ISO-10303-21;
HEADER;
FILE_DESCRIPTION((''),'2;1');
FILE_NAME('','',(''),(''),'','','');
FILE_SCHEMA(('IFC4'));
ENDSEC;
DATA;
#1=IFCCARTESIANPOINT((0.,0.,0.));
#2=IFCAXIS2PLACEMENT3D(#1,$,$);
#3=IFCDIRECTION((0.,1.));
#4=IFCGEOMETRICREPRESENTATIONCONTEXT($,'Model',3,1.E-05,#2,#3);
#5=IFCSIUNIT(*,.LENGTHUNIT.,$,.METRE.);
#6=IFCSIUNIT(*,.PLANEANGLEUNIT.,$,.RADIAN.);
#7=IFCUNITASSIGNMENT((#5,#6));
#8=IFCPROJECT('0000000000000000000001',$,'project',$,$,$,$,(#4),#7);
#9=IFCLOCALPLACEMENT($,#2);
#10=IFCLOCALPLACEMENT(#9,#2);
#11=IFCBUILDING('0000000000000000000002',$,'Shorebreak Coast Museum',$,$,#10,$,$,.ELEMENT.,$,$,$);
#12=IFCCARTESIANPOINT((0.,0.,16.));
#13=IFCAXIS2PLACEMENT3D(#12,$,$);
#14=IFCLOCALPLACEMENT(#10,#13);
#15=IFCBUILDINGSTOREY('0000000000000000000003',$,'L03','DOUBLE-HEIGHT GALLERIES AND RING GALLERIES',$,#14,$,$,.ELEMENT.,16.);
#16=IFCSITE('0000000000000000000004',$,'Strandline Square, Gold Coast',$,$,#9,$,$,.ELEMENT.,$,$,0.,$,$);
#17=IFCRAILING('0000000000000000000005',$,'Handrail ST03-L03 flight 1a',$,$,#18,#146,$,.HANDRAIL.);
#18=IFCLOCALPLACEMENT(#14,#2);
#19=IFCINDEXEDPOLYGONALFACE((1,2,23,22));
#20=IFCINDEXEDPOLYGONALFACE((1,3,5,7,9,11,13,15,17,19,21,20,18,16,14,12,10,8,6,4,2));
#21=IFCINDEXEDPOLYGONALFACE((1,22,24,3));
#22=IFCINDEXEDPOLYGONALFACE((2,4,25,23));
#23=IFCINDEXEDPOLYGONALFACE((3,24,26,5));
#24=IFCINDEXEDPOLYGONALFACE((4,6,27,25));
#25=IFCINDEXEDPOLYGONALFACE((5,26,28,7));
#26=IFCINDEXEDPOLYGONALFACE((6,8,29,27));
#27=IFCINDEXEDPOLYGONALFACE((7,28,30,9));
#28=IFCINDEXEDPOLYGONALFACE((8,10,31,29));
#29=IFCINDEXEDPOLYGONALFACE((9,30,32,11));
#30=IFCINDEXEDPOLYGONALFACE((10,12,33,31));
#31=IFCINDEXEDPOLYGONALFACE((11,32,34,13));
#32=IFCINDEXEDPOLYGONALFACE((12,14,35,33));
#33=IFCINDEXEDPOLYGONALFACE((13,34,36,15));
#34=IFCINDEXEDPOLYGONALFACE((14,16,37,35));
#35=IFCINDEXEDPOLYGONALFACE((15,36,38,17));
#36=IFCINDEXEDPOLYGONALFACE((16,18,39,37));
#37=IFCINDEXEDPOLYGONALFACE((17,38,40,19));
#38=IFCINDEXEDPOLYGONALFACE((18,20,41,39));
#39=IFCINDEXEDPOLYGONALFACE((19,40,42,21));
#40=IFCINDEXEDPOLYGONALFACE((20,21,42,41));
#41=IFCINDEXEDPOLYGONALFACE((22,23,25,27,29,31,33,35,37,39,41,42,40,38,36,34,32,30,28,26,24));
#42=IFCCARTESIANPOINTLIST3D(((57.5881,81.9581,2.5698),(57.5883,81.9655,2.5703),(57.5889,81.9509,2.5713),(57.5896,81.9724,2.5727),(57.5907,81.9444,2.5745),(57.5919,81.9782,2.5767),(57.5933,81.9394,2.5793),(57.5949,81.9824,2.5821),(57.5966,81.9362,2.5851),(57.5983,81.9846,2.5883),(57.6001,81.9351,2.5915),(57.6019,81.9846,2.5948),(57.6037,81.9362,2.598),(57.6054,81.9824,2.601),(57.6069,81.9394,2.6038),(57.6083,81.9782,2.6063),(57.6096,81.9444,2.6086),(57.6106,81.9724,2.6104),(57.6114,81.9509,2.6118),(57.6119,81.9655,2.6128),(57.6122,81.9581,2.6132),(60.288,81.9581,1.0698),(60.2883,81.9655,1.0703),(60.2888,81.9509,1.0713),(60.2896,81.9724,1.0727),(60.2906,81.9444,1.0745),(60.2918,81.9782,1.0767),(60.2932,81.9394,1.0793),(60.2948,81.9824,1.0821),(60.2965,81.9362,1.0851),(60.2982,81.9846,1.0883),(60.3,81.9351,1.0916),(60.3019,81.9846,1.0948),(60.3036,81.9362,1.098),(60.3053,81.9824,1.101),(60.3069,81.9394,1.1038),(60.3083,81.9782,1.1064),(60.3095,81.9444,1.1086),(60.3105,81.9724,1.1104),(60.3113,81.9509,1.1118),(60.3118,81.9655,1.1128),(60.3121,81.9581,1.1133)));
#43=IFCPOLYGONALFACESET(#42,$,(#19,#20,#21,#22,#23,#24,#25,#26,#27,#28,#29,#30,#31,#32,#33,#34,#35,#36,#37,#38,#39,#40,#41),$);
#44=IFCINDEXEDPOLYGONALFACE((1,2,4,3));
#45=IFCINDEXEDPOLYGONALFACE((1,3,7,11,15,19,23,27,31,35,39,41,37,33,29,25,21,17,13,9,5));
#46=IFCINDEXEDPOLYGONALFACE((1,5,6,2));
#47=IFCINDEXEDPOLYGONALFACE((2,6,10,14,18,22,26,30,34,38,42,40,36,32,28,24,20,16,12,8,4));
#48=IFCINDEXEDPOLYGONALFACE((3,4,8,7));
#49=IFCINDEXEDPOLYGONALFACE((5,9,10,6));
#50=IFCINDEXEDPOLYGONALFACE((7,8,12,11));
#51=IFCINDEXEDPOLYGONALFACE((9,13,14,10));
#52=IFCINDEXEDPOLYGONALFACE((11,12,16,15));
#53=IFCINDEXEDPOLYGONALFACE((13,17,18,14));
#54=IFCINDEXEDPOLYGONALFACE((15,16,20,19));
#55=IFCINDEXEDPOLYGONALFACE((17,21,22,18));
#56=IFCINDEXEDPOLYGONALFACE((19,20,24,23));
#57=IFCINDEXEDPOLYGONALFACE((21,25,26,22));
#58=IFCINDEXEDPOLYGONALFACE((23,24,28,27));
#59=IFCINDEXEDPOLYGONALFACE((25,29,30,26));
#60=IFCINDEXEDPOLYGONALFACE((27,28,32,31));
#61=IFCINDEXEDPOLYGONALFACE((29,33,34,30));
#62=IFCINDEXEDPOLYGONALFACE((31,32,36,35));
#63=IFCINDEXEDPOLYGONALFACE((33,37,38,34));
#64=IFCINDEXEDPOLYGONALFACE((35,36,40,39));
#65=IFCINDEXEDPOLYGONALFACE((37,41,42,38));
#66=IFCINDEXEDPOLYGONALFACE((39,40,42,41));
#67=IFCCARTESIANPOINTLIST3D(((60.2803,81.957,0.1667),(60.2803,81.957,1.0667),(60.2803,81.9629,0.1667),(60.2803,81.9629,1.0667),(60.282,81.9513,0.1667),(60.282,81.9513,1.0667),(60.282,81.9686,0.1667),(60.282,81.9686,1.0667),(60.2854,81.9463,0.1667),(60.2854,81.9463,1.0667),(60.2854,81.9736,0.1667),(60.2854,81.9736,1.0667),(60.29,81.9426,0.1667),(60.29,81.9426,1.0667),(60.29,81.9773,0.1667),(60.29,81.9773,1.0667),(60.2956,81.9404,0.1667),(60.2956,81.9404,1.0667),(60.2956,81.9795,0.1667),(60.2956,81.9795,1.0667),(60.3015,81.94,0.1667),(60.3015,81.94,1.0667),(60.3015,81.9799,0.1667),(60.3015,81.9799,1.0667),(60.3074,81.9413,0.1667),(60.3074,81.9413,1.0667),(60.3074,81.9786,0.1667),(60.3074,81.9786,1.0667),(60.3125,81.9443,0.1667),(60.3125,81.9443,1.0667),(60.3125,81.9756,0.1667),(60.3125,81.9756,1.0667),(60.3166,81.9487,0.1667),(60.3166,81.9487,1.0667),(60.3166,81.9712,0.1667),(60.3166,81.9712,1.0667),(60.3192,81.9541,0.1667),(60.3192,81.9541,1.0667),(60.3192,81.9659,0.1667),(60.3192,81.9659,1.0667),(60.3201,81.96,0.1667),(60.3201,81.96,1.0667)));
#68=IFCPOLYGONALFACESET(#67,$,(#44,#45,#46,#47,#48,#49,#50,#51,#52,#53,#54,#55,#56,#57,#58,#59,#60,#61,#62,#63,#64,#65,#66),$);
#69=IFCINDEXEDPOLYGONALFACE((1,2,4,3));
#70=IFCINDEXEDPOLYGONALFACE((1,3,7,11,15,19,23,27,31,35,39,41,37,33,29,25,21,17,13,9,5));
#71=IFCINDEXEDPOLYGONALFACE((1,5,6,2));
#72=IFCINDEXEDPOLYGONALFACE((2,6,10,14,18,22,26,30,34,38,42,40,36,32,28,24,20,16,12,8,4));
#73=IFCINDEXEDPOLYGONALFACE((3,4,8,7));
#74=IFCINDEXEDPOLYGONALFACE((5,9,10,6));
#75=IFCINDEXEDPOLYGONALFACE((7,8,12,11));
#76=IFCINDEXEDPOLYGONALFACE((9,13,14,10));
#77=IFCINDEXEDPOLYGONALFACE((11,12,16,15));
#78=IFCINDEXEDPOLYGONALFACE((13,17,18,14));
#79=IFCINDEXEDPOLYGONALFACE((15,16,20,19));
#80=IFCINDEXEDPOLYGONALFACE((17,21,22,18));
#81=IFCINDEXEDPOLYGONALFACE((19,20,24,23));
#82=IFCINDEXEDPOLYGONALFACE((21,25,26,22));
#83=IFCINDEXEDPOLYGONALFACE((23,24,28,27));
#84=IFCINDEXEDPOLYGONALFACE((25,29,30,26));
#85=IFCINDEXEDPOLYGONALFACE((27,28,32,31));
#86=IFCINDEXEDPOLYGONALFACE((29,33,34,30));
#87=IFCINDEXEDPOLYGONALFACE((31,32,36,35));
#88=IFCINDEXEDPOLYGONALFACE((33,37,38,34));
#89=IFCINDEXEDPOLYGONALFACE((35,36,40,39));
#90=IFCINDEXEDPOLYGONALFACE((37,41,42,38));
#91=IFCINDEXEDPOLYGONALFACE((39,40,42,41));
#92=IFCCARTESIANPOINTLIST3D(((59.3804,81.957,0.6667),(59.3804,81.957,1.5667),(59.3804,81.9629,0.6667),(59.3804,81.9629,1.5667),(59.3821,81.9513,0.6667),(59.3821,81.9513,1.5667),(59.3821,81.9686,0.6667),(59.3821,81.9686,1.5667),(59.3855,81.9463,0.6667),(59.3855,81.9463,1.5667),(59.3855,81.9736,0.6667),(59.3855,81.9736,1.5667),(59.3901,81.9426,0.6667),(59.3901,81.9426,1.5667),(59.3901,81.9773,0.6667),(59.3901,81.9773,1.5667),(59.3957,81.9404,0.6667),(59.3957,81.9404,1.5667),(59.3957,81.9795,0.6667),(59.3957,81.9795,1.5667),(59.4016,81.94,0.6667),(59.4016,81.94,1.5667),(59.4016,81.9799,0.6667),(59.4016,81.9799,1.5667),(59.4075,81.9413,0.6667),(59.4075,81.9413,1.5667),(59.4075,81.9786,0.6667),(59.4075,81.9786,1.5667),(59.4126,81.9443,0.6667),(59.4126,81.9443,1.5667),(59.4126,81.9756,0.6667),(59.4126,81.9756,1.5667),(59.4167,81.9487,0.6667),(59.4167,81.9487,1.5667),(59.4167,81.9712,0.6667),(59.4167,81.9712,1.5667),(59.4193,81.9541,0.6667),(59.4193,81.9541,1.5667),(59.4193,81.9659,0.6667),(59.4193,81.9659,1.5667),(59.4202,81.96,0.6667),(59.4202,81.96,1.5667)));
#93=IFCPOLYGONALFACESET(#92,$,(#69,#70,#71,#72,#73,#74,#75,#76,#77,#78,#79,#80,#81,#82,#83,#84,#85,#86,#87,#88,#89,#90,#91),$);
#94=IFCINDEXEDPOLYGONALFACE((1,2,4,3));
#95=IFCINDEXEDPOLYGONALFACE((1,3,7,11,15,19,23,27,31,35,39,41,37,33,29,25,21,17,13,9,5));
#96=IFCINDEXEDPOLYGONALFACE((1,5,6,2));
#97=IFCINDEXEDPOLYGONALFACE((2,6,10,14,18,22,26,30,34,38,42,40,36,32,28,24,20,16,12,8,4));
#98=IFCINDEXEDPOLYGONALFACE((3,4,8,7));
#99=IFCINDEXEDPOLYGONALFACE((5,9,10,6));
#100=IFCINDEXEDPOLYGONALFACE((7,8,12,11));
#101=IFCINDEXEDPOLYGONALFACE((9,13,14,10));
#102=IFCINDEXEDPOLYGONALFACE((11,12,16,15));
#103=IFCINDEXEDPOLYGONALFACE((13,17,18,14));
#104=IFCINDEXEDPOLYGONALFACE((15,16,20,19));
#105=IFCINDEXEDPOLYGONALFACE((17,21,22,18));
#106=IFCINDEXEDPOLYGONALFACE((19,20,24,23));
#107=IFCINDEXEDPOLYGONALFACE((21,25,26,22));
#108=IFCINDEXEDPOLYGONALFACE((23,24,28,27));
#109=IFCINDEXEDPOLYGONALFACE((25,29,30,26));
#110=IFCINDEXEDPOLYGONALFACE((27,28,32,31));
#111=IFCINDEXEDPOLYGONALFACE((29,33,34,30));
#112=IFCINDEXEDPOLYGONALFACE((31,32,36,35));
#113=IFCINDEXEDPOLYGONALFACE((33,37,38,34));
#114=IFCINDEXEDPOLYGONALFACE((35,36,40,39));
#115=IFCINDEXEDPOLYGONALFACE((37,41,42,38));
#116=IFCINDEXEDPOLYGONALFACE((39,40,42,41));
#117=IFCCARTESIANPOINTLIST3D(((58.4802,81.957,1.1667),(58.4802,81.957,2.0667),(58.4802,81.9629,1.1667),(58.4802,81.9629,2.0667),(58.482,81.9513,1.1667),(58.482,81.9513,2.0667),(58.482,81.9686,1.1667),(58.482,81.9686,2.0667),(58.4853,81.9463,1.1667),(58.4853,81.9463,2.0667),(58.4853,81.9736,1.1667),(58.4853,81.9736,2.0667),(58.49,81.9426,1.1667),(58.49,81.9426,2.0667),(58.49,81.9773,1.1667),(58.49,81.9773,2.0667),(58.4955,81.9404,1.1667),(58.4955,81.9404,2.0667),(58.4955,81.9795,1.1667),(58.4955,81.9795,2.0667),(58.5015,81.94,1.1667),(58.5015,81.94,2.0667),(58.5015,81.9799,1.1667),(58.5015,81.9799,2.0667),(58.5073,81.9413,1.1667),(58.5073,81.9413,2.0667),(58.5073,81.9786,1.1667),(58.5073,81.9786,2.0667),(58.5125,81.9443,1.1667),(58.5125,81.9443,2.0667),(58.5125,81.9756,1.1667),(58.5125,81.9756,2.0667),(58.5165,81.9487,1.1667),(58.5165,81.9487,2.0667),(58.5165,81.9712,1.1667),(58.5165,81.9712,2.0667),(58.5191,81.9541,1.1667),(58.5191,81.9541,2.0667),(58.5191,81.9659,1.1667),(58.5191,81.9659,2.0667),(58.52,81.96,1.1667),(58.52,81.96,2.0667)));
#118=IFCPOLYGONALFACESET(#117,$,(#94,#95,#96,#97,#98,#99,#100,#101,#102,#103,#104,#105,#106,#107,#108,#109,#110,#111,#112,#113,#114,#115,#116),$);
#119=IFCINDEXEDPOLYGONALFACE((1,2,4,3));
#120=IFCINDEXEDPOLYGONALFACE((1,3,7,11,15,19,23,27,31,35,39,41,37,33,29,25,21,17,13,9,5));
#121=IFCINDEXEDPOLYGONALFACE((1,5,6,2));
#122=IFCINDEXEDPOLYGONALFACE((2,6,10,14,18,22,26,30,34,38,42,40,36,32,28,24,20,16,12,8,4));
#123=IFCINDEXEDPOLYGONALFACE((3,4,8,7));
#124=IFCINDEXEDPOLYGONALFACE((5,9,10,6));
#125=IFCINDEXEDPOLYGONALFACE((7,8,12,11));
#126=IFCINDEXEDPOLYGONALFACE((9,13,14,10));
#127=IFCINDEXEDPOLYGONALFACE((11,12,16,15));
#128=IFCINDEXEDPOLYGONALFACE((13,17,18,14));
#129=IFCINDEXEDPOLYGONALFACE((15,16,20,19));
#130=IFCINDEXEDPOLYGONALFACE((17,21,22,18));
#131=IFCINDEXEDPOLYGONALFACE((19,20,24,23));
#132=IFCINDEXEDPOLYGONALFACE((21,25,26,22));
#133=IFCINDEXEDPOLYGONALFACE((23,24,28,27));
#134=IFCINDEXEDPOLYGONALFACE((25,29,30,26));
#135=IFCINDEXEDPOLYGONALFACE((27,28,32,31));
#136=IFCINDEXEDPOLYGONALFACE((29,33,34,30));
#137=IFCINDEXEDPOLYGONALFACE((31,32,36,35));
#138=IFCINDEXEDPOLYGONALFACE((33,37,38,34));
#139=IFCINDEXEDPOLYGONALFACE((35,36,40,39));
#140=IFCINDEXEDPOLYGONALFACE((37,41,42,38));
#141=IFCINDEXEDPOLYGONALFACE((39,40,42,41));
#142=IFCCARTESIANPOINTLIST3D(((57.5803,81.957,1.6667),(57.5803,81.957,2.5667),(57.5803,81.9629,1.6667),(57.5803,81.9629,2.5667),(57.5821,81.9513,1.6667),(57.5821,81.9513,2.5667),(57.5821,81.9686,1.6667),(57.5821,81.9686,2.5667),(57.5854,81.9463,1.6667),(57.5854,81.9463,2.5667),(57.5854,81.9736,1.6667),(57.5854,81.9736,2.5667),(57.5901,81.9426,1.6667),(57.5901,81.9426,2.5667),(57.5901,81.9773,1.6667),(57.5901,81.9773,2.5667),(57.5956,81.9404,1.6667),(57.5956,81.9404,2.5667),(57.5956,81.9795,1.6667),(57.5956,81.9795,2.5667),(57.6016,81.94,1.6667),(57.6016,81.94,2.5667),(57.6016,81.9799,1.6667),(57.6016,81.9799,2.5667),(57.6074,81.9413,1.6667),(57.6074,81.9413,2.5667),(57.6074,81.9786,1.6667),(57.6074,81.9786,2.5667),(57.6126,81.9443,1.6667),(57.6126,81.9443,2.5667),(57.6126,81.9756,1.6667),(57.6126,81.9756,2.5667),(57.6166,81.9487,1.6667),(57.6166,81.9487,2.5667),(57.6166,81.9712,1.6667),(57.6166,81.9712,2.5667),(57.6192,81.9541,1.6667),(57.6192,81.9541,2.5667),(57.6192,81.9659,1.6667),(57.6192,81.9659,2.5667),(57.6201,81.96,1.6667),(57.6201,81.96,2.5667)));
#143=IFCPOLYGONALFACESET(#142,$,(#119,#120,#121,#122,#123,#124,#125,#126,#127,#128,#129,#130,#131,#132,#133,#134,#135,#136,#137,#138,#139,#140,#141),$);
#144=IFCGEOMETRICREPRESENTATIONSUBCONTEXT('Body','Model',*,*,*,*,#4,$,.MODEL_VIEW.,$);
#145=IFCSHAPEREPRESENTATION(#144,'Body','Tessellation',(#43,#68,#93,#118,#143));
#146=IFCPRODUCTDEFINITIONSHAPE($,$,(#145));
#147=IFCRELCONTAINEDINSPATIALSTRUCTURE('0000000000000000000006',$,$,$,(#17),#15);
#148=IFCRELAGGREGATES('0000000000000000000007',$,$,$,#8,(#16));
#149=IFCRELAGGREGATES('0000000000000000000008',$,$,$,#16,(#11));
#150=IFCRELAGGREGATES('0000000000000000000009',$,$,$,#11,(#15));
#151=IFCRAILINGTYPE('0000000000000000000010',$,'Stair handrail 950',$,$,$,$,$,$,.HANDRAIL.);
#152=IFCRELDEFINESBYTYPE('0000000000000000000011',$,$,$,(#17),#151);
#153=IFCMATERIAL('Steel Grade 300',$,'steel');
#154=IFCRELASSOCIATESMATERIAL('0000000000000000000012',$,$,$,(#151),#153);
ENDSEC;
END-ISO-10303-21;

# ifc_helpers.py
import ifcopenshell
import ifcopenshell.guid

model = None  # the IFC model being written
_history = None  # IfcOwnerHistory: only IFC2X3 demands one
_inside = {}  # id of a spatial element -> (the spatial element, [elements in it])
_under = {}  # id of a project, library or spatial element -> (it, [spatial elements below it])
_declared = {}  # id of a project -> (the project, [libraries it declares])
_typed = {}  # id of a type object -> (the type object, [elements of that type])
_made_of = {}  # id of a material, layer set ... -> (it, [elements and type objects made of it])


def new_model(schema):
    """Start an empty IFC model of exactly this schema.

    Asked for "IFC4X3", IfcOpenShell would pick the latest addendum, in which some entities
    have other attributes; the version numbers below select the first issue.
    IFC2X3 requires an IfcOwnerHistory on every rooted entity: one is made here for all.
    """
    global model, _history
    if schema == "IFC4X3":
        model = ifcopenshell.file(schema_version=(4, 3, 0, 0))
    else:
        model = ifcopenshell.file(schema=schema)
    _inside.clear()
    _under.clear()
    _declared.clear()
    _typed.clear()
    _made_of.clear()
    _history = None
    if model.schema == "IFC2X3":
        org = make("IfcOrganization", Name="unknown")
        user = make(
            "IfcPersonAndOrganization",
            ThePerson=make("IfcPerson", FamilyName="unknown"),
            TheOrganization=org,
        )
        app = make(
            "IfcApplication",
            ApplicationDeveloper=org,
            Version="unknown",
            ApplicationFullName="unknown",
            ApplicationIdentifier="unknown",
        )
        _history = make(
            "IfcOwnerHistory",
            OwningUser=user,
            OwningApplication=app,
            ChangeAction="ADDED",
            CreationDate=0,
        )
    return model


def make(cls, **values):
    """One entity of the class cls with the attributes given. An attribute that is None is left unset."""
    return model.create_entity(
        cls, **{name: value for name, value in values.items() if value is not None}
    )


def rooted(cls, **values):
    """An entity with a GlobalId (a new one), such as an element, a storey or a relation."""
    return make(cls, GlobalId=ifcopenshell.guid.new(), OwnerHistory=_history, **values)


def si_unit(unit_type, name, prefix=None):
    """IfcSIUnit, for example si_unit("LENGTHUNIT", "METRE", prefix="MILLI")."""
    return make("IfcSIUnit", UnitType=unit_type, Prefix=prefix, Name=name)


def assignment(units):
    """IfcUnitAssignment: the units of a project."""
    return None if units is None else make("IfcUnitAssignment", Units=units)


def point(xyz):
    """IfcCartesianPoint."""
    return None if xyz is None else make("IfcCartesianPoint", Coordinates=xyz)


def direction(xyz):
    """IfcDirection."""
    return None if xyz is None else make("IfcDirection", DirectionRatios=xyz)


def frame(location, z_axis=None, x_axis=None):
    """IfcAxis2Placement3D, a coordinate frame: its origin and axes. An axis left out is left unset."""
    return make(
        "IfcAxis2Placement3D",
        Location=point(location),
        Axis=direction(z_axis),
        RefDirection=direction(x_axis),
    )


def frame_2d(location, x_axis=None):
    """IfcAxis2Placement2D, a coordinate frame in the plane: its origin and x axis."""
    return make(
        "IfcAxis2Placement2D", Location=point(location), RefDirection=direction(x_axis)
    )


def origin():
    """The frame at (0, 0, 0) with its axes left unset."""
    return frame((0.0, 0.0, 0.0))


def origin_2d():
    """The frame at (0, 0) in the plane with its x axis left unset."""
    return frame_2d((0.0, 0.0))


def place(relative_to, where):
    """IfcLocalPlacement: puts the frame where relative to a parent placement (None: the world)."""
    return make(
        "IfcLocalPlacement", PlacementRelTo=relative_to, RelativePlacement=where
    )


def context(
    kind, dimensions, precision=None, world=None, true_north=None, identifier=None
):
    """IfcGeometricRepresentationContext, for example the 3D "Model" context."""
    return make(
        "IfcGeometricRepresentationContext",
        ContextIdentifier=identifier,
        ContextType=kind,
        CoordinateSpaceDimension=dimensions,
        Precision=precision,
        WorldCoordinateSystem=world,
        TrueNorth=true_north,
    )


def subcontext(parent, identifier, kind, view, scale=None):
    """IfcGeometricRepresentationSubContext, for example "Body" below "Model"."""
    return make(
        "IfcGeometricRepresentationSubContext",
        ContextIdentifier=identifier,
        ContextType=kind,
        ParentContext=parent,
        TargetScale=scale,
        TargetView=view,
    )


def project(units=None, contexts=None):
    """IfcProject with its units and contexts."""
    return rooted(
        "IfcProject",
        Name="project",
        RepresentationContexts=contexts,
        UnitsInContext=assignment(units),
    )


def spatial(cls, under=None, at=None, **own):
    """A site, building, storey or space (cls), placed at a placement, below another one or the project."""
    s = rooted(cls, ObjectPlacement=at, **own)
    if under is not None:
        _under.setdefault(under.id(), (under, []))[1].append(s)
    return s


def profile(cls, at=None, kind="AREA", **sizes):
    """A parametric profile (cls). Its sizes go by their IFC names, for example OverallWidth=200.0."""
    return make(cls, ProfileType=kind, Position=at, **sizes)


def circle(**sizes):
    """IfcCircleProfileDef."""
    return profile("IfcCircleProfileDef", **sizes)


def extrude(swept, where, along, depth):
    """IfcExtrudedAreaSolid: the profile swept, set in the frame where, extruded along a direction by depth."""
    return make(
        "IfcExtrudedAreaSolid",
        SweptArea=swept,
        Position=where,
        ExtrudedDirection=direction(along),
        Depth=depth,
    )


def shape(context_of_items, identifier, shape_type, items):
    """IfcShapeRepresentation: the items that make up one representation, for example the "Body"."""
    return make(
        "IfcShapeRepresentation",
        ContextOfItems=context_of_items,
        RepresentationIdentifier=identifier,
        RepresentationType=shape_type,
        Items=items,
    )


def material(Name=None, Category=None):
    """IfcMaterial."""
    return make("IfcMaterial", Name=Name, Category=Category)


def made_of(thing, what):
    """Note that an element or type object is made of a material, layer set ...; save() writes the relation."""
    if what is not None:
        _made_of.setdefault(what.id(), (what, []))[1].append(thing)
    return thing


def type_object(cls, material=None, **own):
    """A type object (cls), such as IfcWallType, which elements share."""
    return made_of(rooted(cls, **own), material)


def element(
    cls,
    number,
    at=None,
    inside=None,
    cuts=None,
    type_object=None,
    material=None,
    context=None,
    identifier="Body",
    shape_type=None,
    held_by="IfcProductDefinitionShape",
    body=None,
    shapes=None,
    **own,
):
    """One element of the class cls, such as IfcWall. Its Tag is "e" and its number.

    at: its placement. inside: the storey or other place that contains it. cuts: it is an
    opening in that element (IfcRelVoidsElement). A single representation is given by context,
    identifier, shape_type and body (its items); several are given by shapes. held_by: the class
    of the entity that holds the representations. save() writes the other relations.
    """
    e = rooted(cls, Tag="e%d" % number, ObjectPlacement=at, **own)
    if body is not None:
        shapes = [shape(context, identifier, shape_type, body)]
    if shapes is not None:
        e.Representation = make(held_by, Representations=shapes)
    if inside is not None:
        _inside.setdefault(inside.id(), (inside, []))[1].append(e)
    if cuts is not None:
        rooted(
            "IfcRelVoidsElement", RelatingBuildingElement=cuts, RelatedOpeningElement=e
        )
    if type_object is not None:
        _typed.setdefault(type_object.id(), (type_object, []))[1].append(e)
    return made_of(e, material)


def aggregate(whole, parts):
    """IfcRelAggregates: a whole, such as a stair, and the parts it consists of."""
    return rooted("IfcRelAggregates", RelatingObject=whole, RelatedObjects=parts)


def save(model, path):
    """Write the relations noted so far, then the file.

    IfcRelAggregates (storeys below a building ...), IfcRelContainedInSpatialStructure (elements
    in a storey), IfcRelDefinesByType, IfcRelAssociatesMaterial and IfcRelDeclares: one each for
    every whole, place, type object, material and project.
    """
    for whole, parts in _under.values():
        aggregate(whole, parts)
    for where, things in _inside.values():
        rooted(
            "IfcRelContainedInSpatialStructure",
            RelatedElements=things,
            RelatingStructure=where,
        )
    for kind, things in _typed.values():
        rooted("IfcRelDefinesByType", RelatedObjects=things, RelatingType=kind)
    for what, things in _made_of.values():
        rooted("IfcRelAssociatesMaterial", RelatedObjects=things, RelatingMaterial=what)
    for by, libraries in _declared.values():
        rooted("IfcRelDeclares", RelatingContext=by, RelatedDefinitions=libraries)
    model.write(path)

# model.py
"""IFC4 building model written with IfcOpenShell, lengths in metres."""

from ifc_helpers import new_model, si_unit, direction, frame, origin, origin_2d, place, context, subcontext, project, spatial, circle, extrude, material, type_object, element, save


model = new_model("IFC4")

# Units and contexts
model_context = context("Model", 3, precision=1e-05, world=origin(), true_north=direction((0.0, 1.0)))
body_context = subcontext(model_context, "Body", "Model", "MODEL_VIEW")
ifc_project = project(units=[si_unit("LENGTHUNIT", "METRE"), si_unit("PLANEANGLEUNIT", "RADIAN")], contexts=[model_context])

# Site, building, storey
site_placement = place(None, origin())
site = spatial("IfcSite", under=ifc_project, at=site_placement, Name="Strandline Square, Gold Coast", CompositionType="ELEMENT", RefElevation=0.0)
building_placement = place(site_placement, origin())
building = spatial("IfcBuilding", under=site, at=building_placement, Name="Shorebreak Coast Museum", CompositionType="ELEMENT")
storey_placement = place(building_placement, frame((0.0, 0.0, 16.0)))
storey = spatial("IfcBuildingStorey", under=building, at=storey_placement, Name="L03", Description="DOUBLE-HEIGHT GALLERIES AND RING GALLERIES", CompositionType="ELEMENT", Elevation=16.0)

# Railing
ifc_material_1 = material(Name="Steel Grade 300", Category="steel")
railing_type_1 = type_object("IfcRailingType", Name="Stair handrail 950", PredefinedType="HANDRAIL", material=ifc_material_1)
for number, where, name in (
    (1, (60.3, 81.96, 0.1667), "Handrail ST03-L03 flight 1a"),
):
    element("IfcRailing", number, at=place(storey_placement, frame(where)), inside=storey, type_object=railing_type_1, Name=name, PredefinedType="HANDRAIL", context=body_context, shape_type="SweptSolid", body=[
        extrude(circle(Radius=0.0249, at=origin_2d()), frame((0.0, 0.0, 0.9248), z_axis=(-0.874154, 0.0, 0.48565), x_axis=(0.0, -1.0, 0.0)), (0.0, 0.0, 1.0), 3.0886),
        extrude(circle(Radius=0.02, at=origin_2d()), origin(), (0.0, 0.0, 1.0), 0.8999),
        extrude(circle(Radius=0.02, at=origin_2d()), frame((-0.8999, 0.0, 0.5)), (0.0, 0.0, 1.0), 0.8999),
        extrude(circle(Radius=0.02, at=origin_2d()), frame((-1.8, 0.0, 1.0)), (0.0, 0.0, 1.0), 0.8999),
        extrude(circle(Radius=0.02, at=origin_2d()), frame((-2.7, 0.0, 1.5)), (0.0, 0.0, 1.0), 0.8999),
    ])

save(model, "model.ifc")
